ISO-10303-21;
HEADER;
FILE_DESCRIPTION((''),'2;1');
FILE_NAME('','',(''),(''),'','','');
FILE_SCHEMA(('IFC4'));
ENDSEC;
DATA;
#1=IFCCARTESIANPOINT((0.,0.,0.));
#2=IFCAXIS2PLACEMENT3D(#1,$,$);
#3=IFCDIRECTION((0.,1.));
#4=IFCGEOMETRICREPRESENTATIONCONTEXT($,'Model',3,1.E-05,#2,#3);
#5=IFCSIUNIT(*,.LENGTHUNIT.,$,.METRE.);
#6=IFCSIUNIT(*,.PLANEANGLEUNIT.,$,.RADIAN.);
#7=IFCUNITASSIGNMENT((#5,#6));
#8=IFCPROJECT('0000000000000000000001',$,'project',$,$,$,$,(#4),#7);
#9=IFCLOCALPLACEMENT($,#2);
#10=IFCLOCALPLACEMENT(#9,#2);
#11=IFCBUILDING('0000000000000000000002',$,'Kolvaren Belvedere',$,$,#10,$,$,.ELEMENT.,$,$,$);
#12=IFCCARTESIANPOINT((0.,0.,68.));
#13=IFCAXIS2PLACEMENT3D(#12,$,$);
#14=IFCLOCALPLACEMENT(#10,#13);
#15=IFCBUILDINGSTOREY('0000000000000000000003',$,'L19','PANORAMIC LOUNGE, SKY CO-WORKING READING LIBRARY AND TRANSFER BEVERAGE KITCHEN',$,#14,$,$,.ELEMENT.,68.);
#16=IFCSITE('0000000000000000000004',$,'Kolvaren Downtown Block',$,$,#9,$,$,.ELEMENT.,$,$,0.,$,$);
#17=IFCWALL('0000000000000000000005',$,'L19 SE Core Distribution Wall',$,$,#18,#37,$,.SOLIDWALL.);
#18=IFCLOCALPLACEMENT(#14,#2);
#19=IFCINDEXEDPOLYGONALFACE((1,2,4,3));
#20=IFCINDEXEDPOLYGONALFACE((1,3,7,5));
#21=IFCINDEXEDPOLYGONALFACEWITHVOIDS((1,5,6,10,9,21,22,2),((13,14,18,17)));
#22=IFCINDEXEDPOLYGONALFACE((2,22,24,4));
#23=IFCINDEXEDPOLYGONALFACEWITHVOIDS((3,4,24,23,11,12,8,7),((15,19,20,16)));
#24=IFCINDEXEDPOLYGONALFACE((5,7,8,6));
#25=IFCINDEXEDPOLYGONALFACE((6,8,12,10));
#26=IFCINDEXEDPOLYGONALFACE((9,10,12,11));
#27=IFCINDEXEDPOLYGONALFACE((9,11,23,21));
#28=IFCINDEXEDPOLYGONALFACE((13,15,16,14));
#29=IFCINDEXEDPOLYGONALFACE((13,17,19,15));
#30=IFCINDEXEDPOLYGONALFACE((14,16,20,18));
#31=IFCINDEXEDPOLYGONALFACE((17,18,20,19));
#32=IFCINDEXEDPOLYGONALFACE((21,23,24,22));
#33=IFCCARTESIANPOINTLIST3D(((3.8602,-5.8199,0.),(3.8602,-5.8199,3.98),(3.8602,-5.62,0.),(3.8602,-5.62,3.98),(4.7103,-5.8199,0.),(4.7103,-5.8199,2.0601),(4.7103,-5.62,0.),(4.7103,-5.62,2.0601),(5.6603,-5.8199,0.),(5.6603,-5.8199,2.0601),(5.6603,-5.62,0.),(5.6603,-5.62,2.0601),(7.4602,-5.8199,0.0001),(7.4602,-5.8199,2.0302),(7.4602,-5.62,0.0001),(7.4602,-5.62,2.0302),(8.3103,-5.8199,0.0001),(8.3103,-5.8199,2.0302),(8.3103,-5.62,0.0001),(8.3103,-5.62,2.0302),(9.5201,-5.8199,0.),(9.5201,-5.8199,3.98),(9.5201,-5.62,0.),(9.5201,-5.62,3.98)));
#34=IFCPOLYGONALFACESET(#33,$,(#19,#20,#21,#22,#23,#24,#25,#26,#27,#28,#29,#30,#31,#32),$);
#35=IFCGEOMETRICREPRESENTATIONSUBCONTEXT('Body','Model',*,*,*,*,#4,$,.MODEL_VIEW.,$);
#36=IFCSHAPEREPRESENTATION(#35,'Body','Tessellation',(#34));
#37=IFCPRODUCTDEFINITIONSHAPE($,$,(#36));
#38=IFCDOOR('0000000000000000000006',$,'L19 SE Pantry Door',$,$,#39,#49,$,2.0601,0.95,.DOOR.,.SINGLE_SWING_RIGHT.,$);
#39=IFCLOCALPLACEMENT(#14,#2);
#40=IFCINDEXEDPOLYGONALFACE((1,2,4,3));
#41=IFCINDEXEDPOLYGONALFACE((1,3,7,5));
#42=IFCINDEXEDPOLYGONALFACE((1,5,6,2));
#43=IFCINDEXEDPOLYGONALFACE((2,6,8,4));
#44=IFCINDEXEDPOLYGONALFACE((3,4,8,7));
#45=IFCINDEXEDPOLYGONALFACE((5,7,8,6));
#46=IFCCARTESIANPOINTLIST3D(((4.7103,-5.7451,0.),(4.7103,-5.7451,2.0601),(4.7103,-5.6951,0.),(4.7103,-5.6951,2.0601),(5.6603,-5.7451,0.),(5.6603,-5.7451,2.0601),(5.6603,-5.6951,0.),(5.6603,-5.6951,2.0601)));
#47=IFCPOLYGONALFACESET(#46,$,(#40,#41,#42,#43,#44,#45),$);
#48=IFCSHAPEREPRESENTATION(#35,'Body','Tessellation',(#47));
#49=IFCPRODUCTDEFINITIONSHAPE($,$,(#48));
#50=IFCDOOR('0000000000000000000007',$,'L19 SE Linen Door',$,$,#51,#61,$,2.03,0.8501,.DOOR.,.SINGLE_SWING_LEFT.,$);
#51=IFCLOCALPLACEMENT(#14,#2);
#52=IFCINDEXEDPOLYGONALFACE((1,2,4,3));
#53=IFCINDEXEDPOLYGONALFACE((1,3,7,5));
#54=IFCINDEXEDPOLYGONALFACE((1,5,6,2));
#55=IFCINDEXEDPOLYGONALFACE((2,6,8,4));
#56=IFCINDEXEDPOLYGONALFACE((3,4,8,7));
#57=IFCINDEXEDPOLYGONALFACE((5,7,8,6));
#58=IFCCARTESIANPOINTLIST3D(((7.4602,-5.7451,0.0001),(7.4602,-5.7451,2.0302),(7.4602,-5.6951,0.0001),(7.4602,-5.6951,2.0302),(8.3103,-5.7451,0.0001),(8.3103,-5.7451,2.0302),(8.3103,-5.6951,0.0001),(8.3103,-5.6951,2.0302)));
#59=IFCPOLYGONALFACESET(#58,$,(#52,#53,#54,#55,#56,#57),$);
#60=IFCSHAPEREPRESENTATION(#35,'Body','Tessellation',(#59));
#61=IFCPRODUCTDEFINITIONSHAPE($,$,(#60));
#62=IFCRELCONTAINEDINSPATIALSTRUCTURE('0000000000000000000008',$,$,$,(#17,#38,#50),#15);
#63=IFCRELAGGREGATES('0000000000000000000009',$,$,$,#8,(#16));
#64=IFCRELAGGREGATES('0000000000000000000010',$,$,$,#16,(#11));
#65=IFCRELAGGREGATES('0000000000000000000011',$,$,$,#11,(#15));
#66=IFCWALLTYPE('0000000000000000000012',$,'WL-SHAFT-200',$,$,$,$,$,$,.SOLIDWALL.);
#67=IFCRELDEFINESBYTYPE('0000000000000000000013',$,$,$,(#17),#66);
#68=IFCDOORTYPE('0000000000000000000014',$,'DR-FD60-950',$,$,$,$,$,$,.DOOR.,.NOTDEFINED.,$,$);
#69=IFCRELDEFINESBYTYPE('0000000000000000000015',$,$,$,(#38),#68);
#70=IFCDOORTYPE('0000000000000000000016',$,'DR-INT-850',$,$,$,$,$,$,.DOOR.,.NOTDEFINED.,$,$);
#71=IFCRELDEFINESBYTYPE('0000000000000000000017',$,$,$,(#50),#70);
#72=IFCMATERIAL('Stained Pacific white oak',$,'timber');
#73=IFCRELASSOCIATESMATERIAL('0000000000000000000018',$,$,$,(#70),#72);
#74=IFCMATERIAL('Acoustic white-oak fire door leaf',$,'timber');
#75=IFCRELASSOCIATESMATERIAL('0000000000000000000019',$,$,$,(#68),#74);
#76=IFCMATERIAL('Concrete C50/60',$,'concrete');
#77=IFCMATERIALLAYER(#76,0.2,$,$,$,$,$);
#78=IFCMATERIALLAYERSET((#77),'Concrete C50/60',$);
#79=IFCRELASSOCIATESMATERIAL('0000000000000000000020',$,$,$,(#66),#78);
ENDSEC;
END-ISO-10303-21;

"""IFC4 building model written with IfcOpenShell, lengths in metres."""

from ifc_helpers import new_model, si_unit, direction, frame, frame_2d, origin, place, context, subcontext, project, spatial, rectangle, extrude, material, layer, layer_set, type_object, element, fill, save


model = new_model("IFC4")

# Units and contexts
model_context = context("Model", 3, precision=1e-05, world=origin(), true_north=direction((0.0, 1.0)))
body_context = subcontext(model_context, "Body", "Model", "MODEL_VIEW")
ifc_project = project(units=[si_unit("LENGTHUNIT", "METRE"), si_unit("PLANEANGLEUNIT", "RADIAN")], contexts=[model_context])

# Site, building, storey
site_placement = place(None, origin())
site = spatial("IfcSite", under=ifc_project, at=site_placement, Name="Kolvaren Downtown Block", CompositionType="ELEMENT", RefElevation=0.0)
building_placement = place(site_placement, origin())
building = spatial("IfcBuilding", under=site, at=building_placement, Name="Kolvaren Belvedere", CompositionType="ELEMENT")
storey_placement = place(building_placement, frame((0.0, 0.0, 68.0)))
storey = spatial("IfcBuildingStorey", under=building, at=storey_placement, Name="L19", Description="PANORAMIC LOUNGE, SKY CO-WORKING READING LIBRARY AND TRANSFER BEVERAGE KITCHEN", CompositionType="ELEMENT", Elevation=68.0)

# Shared definitions
ifc_material_1 = material(Name="Stained Pacific white oak", Category="timber")
door_type_1 = type_object("IfcDoorType", Name="DR-INT-850", OperationType="NOTDEFINED", PredefinedType="DOOR", material=ifc_material_1)

# Shared definitions
ifc_material_2 = material(Name="Acoustic white-oak fire door leaf", Category="timber")
door_type_2 = type_object("IfcDoorType", Name="DR-FD60-950", OperationType="NOTDEFINED", PredefinedType="DOOR", material=ifc_material_2)
ifc_material_3 = material(Name="Concrete C50/60", Category="concrete")
ifc_layer_1 = layer(ifc_material_3, 0.2)
ifc_layer_set_1 = layer_set([ifc_layer_1], Name="Concrete C50/60")
wall_type_1 = type_object("IfcWallType", Name="WL-SHAFT-200", PredefinedType="SOLIDWALL", material=ifc_layer_set_1)

# Wall, openings, doors
wall_1_placement = place(storey_placement, frame((3.8601, -5.72, 0.0), z_axis=(0.0, 0.0, 1.0), x_axis=(1.0, 0.0, 0.0)))
wall_1 = element("IfcWall", 1, at=wall_1_placement, inside=storey, type_object=wall_type_1, Name="L19 SE Core Distribution Wall", PredefinedType="SOLIDWALL", context=body_context, shape_type="SweptSolid", body=[
    extrude(rectangle(XDim=5.6599, YDim=0.2, at=frame_2d((2.8301, 0.0))), origin(), (0.0, 0.0, 1.0), 3.98),
])
opening_1_placement = place(wall_1_placement, frame((0.8501, 0.0, 0.0)))
opening_1 = element("IfcOpeningElement", 2, at=opening_1_placement, cuts=wall_1, PredefinedType="OPENING", context=body_context, shape_type="SweptSolid", body=[
    extrude(rectangle(XDim=0.95, YDim=2.0601, at=frame_2d((0.4751, 1.03))), frame((0.0, 0.1099, 0.0), z_axis=(0.0, -1.0, 0.0), x_axis=(1.0, 0.0, 0.0)), (0.0, 0.0, 1.0), 0.22),
])
opening_2_placement = place(wall_1_placement, frame((3.6001, 0.0, 0.0)))
opening_2 = element("IfcOpeningElement", 3, at=opening_2_placement, cuts=wall_1, PredefinedType="OPENING", context=body_context, shape_type="SweptSolid", body=[
    extrude(rectangle(XDim=0.8501, YDim=2.03, at=frame_2d((0.425, 1.0151))), frame((0.0, 0.1099, 0.0), z_axis=(0.0, -1.0, 0.0), x_axis=(1.0, 0.0, 0.0)), (0.0, 0.0, 1.0), 0.22),
])
door_1_placement = place(opening_1_placement, origin())
door_1 = element("IfcDoor", 4, at=door_1_placement, inside=storey, type_object=door_type_2, Name="L19 SE Pantry Door", OperationType="SINGLE_SWING_RIGHT", OverallHeight=2.0601, OverallWidth=0.95, PredefinedType="DOOR", context=body_context, shape_type="SweptSolid", body=[
    extrude(rectangle(XDim=0.95, YDim=2.0601, at=frame_2d((0.4751, 1.03))), frame((0.0, 0.0249, 0.0), z_axis=(0.0, -1.0, 0.0), x_axis=(1.0, 0.0, 0.0)), (0.0, 0.0, 1.0), 0.05),
])
fill(opening_1, door_1)
door_2_placement = place(opening_2_placement, origin())
door_2 = element("IfcDoor", 5, at=door_2_placement, inside=storey, type_object=door_type_1, Name="L19 SE Linen Door", OperationType="SINGLE_SWING_LEFT", OverallHeight=2.03, OverallWidth=0.8501, PredefinedType="DOOR", context=body_context, shape_type="SweptSolid", body=[
    extrude(rectangle(XDim=0.8501, YDim=2.03, at=frame_2d((0.425, 1.0151))), frame((0.0, 0.0249, 0.0), z_axis=(0.0, -1.0, 0.0), x_axis=(1.0, 0.0, 0.0)), (0.0, 0.0, 1.0), 0.05),
])
fill(opening_2, door_2)

save(model, "model.ifc")
